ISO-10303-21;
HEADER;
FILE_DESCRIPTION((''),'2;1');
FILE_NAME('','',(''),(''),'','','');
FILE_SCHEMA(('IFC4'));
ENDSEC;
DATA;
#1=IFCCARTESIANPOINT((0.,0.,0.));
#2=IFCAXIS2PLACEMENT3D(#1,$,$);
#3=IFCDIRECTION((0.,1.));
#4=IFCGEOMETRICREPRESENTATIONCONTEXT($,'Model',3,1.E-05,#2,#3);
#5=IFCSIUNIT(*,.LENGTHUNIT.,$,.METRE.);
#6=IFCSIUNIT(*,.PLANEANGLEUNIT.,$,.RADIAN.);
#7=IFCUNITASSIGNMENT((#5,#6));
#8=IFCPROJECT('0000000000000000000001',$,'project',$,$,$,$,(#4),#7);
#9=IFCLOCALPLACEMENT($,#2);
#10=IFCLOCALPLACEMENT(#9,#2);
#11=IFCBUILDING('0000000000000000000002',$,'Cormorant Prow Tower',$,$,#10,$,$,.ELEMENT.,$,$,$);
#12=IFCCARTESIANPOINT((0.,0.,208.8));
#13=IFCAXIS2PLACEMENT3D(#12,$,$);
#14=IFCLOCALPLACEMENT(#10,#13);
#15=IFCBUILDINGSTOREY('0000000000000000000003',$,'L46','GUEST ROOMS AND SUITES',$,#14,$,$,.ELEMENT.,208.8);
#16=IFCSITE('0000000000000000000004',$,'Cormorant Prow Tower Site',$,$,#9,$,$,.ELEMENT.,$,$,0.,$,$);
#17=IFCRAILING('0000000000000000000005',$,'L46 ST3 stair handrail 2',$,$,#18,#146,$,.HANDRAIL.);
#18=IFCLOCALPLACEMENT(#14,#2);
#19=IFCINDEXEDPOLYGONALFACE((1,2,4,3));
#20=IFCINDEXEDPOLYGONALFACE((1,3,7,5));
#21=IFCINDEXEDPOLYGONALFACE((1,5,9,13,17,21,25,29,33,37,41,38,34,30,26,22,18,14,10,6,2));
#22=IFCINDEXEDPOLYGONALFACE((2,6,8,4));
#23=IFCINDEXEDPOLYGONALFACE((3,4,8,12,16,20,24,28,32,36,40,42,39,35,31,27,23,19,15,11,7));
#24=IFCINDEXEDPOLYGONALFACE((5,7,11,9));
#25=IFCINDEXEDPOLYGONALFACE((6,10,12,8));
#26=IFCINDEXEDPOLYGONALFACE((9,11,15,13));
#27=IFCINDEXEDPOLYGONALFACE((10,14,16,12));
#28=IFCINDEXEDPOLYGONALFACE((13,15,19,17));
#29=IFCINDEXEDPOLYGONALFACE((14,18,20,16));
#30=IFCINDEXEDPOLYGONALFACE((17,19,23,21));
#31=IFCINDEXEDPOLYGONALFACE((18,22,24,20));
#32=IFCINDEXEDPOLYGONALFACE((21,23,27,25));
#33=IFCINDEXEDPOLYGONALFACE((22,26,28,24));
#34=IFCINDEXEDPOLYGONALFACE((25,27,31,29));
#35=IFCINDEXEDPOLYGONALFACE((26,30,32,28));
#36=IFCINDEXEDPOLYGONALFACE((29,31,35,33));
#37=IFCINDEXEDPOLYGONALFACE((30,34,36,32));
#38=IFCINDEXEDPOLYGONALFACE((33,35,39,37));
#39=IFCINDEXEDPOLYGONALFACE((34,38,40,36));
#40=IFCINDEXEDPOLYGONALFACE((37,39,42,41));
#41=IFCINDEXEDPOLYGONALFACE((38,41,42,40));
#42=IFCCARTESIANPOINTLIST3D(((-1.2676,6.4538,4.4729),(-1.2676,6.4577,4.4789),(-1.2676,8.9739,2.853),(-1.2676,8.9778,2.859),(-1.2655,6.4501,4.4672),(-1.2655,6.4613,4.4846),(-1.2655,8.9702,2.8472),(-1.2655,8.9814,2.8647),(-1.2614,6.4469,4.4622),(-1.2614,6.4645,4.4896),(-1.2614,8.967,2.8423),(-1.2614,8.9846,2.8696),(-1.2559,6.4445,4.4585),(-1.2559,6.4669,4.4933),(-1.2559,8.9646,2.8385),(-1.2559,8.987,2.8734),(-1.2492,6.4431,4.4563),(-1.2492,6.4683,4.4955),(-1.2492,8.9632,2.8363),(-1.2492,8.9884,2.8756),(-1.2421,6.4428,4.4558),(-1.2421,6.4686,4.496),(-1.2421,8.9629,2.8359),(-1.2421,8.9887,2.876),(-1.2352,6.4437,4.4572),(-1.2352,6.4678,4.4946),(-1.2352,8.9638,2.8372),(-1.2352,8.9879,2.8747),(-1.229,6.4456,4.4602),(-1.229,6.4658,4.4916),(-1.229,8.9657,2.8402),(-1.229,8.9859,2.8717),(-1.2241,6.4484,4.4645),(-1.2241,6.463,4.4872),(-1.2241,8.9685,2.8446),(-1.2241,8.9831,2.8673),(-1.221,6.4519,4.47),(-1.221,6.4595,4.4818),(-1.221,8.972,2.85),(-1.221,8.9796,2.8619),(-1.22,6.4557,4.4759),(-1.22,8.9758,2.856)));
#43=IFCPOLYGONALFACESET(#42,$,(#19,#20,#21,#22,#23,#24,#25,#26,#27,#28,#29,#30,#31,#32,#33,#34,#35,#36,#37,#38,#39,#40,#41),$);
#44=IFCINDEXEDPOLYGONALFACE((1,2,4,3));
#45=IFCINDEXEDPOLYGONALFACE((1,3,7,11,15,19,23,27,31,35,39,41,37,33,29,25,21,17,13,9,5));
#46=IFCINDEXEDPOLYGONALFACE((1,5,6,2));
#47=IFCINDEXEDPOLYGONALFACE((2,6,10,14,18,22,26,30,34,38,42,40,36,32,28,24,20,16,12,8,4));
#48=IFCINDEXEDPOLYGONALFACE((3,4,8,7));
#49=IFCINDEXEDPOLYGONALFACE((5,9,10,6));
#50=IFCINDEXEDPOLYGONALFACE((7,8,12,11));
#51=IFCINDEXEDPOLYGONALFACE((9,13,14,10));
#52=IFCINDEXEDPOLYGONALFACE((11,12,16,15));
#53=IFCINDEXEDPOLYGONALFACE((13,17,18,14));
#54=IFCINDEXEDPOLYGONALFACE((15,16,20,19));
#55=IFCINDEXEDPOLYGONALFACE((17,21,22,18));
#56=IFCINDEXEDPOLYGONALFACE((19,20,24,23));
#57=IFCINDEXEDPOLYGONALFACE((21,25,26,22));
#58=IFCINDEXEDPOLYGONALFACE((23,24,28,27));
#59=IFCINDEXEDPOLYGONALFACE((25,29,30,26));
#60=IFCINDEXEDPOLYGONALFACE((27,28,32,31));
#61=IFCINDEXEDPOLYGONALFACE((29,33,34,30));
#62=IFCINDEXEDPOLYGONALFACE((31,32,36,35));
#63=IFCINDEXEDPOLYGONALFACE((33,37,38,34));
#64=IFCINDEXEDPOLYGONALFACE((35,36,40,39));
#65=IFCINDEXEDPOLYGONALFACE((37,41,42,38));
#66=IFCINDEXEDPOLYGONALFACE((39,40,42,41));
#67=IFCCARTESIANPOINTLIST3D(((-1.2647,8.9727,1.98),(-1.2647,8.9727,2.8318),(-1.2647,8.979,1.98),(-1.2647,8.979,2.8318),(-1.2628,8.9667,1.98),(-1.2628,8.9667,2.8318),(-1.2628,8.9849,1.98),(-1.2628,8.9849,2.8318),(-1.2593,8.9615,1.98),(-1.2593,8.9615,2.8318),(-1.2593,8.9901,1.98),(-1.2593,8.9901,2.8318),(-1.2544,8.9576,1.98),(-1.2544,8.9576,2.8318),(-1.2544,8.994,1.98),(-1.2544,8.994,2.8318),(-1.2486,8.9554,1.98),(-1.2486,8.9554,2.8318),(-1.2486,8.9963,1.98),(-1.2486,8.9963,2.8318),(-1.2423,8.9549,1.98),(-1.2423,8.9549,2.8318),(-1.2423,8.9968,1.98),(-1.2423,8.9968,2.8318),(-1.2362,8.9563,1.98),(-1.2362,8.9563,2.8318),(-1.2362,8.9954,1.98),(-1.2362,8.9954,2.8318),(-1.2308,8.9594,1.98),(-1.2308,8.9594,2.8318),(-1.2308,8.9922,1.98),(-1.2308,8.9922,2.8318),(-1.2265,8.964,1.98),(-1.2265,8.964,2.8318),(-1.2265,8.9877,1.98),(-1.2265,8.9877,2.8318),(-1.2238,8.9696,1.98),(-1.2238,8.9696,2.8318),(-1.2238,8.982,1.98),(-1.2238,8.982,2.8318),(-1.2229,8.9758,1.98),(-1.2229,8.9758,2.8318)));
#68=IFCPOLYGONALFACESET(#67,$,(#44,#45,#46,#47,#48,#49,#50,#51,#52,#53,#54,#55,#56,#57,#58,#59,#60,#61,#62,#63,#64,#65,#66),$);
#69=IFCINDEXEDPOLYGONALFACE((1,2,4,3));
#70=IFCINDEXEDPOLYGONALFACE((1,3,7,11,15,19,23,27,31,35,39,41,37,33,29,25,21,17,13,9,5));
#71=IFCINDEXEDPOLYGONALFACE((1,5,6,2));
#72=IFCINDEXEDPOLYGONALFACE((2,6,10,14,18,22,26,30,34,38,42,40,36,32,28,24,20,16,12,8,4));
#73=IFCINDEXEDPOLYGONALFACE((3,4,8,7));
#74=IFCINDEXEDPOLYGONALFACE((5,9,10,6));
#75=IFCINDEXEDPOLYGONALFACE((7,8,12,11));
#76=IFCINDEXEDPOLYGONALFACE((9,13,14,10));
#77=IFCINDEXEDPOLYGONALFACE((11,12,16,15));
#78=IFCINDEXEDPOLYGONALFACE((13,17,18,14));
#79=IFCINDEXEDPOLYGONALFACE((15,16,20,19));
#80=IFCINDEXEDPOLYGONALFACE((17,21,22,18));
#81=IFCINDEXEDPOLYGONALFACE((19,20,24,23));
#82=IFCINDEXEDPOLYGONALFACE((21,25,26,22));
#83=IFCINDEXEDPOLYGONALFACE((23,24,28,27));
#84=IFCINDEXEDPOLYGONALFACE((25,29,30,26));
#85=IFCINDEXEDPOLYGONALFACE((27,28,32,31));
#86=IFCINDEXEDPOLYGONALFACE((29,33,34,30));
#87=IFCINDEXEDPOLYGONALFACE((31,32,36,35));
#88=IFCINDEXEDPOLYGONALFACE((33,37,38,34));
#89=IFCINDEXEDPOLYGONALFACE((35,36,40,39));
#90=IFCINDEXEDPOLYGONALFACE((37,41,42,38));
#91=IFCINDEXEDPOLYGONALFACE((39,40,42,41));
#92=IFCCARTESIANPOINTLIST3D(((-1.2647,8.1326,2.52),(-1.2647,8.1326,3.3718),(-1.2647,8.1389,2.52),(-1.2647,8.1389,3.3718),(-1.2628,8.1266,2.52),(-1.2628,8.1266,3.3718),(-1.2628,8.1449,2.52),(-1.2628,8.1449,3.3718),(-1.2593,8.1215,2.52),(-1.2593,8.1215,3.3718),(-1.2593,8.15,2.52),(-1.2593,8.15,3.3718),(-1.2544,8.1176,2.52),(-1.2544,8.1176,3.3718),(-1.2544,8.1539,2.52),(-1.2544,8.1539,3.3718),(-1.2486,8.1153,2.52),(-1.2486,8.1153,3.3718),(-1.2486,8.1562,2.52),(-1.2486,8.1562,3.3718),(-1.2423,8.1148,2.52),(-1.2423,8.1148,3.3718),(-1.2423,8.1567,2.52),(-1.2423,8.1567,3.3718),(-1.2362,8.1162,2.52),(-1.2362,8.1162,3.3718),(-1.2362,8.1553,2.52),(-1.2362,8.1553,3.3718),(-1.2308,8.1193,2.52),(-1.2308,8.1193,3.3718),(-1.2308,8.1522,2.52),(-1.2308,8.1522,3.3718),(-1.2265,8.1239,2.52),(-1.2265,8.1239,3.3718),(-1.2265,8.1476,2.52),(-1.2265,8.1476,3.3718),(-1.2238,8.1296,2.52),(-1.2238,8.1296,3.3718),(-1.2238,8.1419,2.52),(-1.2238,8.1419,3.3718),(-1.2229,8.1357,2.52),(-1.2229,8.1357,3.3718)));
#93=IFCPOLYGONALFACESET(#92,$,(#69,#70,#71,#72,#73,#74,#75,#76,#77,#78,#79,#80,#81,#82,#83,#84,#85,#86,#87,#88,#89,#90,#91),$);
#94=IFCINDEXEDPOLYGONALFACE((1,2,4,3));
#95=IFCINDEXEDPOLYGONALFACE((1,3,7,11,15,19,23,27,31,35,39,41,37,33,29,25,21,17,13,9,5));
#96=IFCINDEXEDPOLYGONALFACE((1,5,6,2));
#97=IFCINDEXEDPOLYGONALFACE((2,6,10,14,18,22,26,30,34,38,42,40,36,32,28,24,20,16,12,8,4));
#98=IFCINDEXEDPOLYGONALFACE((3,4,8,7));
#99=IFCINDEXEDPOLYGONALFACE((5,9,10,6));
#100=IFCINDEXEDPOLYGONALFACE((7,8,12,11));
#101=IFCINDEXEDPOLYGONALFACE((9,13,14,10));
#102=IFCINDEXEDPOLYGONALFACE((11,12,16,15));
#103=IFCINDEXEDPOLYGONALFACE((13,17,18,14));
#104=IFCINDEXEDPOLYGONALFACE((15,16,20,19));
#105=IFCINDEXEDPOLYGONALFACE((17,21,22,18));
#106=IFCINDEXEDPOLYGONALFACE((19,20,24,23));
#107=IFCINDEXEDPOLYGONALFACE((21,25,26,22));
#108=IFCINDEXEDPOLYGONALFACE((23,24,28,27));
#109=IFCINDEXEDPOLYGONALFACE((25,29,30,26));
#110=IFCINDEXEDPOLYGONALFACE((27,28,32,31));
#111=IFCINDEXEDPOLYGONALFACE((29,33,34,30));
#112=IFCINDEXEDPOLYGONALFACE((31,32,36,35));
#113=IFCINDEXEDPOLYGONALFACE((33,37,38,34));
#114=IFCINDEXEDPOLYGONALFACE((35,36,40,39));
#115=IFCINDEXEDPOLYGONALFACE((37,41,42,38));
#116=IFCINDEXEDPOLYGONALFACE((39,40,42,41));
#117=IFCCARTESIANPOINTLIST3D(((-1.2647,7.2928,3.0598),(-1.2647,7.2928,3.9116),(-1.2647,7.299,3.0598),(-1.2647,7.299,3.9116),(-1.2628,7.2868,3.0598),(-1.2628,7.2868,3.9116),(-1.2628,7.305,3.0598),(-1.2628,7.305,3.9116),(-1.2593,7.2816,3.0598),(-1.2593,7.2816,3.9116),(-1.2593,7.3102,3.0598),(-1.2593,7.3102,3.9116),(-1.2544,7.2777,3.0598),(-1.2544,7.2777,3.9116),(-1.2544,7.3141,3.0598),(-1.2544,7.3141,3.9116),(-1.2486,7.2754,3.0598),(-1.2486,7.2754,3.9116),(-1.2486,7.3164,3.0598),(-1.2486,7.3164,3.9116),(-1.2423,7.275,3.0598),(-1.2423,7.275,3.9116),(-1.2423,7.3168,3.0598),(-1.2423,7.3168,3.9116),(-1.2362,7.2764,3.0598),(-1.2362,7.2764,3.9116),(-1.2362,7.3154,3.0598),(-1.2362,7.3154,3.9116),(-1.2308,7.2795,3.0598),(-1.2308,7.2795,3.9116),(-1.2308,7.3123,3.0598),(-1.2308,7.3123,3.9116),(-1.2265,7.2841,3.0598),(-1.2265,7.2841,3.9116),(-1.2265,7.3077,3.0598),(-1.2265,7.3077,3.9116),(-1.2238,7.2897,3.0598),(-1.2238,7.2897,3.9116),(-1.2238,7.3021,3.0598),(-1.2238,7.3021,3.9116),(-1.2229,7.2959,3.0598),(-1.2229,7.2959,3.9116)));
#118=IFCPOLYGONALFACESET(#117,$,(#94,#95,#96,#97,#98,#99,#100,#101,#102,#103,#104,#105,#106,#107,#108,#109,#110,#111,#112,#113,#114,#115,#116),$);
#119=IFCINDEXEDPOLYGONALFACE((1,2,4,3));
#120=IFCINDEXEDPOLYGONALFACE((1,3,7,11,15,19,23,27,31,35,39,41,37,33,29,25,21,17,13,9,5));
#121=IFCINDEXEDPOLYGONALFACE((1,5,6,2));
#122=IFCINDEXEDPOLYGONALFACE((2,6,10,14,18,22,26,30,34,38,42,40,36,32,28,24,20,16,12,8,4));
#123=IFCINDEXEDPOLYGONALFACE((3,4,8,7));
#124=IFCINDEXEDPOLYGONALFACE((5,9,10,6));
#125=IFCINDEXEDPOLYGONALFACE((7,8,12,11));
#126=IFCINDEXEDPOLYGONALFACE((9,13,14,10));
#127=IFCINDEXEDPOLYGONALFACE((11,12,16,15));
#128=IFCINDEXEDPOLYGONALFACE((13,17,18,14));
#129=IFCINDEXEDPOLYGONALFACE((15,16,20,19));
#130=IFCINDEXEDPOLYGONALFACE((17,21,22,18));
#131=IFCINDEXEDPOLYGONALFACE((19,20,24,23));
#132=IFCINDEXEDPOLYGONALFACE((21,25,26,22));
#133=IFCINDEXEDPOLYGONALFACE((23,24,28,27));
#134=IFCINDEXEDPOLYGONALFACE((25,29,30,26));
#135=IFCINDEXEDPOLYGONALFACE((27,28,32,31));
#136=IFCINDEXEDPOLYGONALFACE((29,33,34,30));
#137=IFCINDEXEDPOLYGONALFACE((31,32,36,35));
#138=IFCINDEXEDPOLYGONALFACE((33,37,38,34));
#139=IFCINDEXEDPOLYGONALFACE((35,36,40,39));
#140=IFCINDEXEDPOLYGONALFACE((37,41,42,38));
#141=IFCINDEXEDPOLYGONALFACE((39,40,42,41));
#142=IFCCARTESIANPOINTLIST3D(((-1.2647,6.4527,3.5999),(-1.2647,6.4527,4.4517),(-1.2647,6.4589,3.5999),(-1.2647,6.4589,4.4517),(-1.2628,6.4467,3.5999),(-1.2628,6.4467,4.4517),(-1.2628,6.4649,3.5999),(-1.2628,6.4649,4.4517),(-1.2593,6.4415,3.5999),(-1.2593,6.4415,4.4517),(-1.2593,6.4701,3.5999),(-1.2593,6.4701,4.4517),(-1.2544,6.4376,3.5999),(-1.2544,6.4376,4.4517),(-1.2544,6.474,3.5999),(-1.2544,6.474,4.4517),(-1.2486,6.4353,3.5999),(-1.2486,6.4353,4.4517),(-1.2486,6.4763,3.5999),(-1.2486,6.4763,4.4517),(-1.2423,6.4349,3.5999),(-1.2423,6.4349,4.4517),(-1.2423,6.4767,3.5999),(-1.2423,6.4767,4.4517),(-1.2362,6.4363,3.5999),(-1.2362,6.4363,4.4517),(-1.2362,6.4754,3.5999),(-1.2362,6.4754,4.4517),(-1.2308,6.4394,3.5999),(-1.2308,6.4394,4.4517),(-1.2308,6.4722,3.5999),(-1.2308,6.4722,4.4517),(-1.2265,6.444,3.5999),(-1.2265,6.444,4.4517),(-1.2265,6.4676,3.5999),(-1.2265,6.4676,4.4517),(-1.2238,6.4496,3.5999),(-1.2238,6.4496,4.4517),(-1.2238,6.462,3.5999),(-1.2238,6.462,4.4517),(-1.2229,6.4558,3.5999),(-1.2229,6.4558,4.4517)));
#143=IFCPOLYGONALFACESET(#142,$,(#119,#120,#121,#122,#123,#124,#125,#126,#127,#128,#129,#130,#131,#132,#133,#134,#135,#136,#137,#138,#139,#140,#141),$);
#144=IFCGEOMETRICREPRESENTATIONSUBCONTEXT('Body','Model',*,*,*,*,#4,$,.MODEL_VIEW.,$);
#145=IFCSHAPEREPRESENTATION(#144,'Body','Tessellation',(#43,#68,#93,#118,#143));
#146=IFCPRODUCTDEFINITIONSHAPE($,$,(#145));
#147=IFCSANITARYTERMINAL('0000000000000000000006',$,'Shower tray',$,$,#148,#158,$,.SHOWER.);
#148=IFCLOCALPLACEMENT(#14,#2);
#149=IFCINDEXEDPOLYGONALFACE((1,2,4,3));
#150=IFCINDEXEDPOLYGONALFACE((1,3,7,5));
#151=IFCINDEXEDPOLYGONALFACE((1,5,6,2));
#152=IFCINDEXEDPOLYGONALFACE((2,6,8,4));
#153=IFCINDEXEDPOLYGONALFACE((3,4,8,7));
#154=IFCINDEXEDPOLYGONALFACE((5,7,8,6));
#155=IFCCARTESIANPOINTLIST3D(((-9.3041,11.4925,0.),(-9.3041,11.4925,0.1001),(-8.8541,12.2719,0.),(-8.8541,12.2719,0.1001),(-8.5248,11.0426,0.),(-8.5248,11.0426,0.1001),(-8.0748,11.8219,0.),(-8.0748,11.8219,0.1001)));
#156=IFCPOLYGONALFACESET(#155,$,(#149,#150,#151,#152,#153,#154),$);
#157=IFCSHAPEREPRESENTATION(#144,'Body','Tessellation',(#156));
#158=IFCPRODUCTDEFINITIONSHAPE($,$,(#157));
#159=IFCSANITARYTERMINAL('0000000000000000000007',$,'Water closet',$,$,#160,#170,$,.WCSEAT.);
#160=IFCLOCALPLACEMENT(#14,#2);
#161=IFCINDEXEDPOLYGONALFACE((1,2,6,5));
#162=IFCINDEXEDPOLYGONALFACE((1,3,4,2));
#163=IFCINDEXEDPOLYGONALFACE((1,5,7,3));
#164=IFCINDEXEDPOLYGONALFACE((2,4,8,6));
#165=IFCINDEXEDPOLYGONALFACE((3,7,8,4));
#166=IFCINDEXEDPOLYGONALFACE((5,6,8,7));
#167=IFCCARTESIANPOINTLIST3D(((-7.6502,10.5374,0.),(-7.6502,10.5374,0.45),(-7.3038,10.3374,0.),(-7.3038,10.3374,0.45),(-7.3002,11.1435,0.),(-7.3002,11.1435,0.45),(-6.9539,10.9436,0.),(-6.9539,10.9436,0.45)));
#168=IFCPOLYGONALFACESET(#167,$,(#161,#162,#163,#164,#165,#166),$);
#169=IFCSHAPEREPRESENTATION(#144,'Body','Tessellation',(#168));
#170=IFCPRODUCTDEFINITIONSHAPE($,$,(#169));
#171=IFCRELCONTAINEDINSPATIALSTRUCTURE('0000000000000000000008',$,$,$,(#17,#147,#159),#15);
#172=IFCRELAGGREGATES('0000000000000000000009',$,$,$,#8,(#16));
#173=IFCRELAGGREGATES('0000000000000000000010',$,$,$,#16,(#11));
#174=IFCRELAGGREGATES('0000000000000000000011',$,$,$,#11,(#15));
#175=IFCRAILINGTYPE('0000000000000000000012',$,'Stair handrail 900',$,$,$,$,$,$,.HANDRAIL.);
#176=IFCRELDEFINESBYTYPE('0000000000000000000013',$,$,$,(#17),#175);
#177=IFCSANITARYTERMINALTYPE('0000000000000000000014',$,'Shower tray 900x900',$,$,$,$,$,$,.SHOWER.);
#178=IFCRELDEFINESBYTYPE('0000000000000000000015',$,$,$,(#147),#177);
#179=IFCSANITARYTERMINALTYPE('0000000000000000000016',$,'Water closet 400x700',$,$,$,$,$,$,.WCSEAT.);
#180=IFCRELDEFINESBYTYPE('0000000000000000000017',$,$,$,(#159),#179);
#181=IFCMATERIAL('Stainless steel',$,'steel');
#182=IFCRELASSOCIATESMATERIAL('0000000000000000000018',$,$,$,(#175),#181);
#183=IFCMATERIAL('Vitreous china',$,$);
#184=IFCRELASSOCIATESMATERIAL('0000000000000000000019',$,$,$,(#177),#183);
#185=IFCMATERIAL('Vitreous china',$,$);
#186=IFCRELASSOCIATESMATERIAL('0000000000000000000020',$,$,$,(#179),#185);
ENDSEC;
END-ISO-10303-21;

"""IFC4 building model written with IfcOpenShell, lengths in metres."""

from ifc_helpers import new_model, si_unit, direction, frame, origin, origin_2d, place, context, subcontext, project, spatial, rectangle, circle, extrude, material, type_object, element, save


model = new_model("IFC4")

# Units and contexts
model_context = context("Model", 3, precision=1e-05, world=origin(), true_north=direction((0.0, 1.0)))
body_context = subcontext(model_context, "Body", "Model", "MODEL_VIEW")
ifc_project = project(units=[si_unit("LENGTHUNIT", "METRE"), si_unit("PLANEANGLEUNIT", "RADIAN")], contexts=[model_context])

# Site, building, storey
site_placement = place(None, origin())
site = spatial("IfcSite", under=ifc_project, at=site_placement, Name="Cormorant Prow Tower Site", CompositionType="ELEMENT", RefElevation=0.0)
building_placement = place(site_placement, origin())
building = spatial("IfcBuilding", under=site, at=building_placement, Name="Cormorant Prow Tower", CompositionType="ELEMENT")
storey_placement = place(building_placement, frame((0.0, 0.0, 208.8)))
storey = spatial("IfcBuildingStorey", under=building, at=storey_placement, Name="L46", Description="GUEST ROOMS AND SUITES", CompositionType="ELEMENT", Elevation=208.8)

# Railing
ifc_material_1 = material(Name="Stainless steel", Category="steel")
railing_type = type_object("IfcRailingType", Name="Stair handrail 900", PredefinedType="HANDRAIL", material=ifc_material_1)
railing_placement = place(storey_placement, frame((-1.2439, 8.9758, 1.98)))
element("IfcRailing", 1, at=railing_placement, inside=storey, type_object=railing_type, Name="L46 ST3 stair handrail 2", PredefinedType="HANDRAIL", context=body_context, shape_type="SweptSolid", body=[
    extrude(circle(Radius=0.0239, at=origin_2d()), frame((0.0, 0.0, 0.876), z_axis=(0.0, -0.8412, 0.540725), x_axis=(1.0, 0.0, 0.0)), (0.0, 0.0, 1.0), 2.9958),
    extrude(circle(Radius=0.021, at=origin_2d()), origin(), (0.0, 0.0, 1.0), 0.8518),
    extrude(circle(Radius=0.021, at=origin_2d()), frame((0.0, -0.8401, 0.54)), (0.0, 0.0, 1.0), 0.8518),
    extrude(circle(Radius=0.021, at=origin_2d()), frame((0.0, -1.6799, 1.0798)), (0.0, 0.0, 1.0), 0.8518),
    extrude(circle(Radius=0.021, at=origin_2d()), frame((0.0, -2.52, 1.6199)), (0.0, 0.0, 1.0), 0.8518),
])

# Sanitary terminals
ifc_material_2 = material(Name="Vitreous china")
sanitary_terminal_type_1 = type_object("IfcSanitaryTerminalType", Name="Shower tray 900x900", PredefinedType="SHOWER", material=ifc_material_2)
sanitary_terminal_1_placement = place(storey_placement, frame((-8.6895, 11.6572, 0.0), z_axis=(0.0, 0.0, 1.0), x_axis=(0.5, 0.866025, 0.0)))
element("IfcSanitaryTerminal", 2, at=sanitary_terminal_1_placement, inside=storey, type_object=sanitary_terminal_type_1, Name="Shower tray", PredefinedType="SHOWER", context=body_context, shape_type="SweptSolid", body=[
    extrude(rectangle(XDim=0.8999, YDim=0.8999, at=origin_2d()), origin(), (0.0, 0.0, 1.0), 0.1001),
])
ifc_material_3 = material(Name="Vitreous china")
sanitary_terminal_type_2 = type_object("IfcSanitaryTerminalType", Name="Water closet 400x700", PredefinedType="WCSEAT", material=ifc_material_3)
sanitary_terminal_2_placement = place(storey_placement, frame((-7.302, 10.7405, 0.0), z_axis=(0.0, 0.0, 1.0), x_axis=(-0.866025, 0.5, 0.0)))
element("IfcSanitaryTerminal", 3, at=sanitary_terminal_2_placement, inside=storey, type_object=sanitary_terminal_type_2, Name="Water closet", PredefinedType="WCSEAT", context=body_context, shape_type="SweptSolid", body=[
    extrude(rectangle(XDim=0.3999, YDim=0.7, at=origin_2d()), origin(), (0.0, 0.0, 1.0), 0.45),
])

save(model, "model.ifc")
